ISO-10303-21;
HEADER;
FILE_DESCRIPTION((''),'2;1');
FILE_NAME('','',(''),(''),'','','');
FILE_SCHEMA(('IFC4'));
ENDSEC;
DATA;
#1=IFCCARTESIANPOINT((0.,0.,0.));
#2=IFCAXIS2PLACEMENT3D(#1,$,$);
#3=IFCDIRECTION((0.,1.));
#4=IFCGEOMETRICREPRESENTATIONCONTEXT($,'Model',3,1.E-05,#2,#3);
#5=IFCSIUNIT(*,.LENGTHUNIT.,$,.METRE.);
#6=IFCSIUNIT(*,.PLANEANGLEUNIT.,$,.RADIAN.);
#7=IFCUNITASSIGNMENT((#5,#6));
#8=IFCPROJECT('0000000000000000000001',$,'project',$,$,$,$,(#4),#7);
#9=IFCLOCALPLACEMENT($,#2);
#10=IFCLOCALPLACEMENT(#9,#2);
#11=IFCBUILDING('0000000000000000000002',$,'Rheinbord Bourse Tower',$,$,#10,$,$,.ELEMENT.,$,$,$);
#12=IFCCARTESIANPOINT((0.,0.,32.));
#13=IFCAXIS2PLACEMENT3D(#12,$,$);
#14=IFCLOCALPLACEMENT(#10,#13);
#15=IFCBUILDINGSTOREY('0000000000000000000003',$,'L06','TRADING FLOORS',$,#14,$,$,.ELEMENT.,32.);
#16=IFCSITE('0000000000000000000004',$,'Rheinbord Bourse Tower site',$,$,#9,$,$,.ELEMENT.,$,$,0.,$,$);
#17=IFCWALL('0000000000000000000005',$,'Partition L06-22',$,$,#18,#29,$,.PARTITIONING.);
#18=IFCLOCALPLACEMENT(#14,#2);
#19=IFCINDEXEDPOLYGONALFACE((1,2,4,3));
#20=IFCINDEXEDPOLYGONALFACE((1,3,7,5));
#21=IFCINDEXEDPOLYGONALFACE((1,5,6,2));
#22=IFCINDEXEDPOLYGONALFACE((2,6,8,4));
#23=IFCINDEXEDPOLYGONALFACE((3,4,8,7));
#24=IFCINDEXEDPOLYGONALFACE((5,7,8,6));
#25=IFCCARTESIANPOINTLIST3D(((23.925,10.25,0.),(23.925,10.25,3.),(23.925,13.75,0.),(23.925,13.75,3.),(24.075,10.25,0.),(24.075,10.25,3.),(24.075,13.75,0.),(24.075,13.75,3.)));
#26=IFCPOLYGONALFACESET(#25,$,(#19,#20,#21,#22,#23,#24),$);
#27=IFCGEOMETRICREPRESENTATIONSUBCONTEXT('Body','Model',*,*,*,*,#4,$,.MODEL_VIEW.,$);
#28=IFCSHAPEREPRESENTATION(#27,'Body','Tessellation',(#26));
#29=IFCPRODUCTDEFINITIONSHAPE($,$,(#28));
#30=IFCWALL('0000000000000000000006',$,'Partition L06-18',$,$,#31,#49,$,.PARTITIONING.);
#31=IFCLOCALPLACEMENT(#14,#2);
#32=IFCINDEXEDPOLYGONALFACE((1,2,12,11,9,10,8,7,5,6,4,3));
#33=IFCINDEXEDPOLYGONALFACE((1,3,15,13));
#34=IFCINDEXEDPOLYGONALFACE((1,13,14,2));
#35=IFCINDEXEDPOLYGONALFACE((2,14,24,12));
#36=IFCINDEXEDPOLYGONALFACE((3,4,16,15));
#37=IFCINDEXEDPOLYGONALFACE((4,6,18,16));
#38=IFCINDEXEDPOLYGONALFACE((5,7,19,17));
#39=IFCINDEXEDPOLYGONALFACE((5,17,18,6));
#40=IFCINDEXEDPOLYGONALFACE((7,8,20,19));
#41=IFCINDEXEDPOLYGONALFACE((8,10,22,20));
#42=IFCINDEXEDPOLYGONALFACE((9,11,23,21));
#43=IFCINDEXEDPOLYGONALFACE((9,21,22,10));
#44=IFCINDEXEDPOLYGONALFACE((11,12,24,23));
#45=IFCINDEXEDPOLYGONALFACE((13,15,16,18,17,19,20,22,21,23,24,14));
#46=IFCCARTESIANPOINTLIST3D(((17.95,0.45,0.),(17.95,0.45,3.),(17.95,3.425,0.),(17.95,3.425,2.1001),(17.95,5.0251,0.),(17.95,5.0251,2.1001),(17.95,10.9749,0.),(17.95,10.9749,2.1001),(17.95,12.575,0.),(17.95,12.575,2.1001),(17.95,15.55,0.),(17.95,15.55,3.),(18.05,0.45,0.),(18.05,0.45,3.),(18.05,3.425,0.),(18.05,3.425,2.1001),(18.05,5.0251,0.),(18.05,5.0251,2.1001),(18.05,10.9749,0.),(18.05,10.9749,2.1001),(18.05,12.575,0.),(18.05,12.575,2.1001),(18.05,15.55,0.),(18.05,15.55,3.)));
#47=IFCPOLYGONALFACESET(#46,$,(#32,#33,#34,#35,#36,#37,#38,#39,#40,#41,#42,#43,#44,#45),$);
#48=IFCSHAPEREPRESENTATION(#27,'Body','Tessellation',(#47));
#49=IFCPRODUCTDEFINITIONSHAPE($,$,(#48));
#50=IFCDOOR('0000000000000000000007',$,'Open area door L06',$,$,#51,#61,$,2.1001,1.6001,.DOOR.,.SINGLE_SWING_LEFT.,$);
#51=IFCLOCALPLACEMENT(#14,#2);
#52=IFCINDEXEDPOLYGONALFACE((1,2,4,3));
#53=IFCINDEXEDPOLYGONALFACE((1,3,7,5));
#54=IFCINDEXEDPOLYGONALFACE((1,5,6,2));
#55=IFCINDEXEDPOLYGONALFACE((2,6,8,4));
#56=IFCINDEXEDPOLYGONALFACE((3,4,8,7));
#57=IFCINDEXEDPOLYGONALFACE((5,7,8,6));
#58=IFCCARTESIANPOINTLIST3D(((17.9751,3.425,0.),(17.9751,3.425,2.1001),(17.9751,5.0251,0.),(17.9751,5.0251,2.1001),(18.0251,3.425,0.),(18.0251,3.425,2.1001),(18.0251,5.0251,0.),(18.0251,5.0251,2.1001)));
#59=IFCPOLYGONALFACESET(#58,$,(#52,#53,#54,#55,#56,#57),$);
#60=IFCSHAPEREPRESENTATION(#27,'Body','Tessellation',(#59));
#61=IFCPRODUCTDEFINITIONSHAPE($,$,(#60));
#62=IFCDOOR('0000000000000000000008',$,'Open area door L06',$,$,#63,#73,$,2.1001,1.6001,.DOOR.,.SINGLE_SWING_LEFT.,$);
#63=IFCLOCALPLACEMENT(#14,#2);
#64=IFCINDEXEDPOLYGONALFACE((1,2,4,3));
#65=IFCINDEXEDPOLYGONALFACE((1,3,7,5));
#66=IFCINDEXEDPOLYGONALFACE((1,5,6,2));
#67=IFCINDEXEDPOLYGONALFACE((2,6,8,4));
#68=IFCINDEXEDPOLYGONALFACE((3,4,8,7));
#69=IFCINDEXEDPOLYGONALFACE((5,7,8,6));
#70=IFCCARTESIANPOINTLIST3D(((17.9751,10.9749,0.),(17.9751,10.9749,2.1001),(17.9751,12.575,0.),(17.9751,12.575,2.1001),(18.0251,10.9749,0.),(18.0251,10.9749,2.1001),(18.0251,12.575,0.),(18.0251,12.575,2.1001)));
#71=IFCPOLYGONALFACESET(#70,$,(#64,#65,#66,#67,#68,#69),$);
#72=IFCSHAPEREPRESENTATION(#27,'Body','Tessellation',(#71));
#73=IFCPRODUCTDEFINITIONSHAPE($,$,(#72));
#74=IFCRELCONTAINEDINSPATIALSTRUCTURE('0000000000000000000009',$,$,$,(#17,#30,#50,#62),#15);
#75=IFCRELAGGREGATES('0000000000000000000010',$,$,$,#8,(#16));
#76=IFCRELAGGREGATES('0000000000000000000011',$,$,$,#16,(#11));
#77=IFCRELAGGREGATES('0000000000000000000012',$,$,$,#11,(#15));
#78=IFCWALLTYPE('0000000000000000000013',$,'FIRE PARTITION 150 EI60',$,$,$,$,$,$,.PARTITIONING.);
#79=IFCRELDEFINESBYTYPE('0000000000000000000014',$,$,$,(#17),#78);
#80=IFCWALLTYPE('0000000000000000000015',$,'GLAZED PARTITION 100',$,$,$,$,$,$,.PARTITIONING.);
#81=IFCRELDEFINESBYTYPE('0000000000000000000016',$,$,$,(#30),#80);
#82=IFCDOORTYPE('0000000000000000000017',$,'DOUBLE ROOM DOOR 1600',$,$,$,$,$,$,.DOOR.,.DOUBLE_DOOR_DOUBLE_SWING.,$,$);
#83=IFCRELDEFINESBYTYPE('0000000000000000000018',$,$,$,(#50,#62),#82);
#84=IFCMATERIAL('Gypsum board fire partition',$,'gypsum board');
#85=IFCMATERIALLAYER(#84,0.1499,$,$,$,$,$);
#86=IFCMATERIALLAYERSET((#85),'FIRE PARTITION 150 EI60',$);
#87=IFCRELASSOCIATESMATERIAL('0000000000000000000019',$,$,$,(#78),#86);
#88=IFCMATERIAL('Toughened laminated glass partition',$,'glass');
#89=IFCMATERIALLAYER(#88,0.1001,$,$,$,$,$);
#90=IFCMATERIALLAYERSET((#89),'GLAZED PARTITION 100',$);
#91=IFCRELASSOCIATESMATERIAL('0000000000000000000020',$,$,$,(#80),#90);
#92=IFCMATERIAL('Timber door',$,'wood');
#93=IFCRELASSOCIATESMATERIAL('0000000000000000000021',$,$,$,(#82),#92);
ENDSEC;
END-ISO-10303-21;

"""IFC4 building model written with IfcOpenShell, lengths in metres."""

from ifc_helpers import new_model, si_unit, direction, frame, frame_2d, origin, place, context, subcontext, project, spatial, rectangle, extrude, material, layer, layer_set, type_object, element, fill, save


model = new_model("IFC4")

# Units and contexts
model_context = context("Model", 3, precision=1e-05, world=origin(), true_north=direction((0.0, 1.0)))
body_context = subcontext(model_context, "Body", "Model", "MODEL_VIEW")
ifc_project = project(units=[si_unit("LENGTHUNIT", "METRE"), si_unit("PLANEANGLEUNIT", "RADIAN")], contexts=[model_context])

# Site, building, storey
site_placement = place(None, origin())
site = spatial("IfcSite", under=ifc_project, at=site_placement, Name="Rheinbord Bourse Tower site", CompositionType="ELEMENT", RefElevation=0.0)
building_placement = place(site_placement, origin())
building = spatial("IfcBuilding", under=site, at=building_placement, Name="Rheinbord Bourse Tower", CompositionType="ELEMENT")
storey_placement = place(building_placement, frame((0.0, 0.0, 32.0)))
storey = spatial("IfcBuildingStorey", under=building, at=storey_placement, Name="L06", Description="TRADING FLOORS", CompositionType="ELEMENT", Elevation=32.0)

# Shared definitions
ifc_material_1 = material(Name="Gypsum board fire partition", Category="gypsum board")
ifc_layer_1 = layer(ifc_material_1, 0.1499)
ifc_layer_set_1 = layer_set([ifc_layer_1], Name="FIRE PARTITION 150 EI60")
wall_type_1 = type_object("IfcWallType", Name="FIRE PARTITION 150 EI60", PredefinedType="PARTITIONING", material=ifc_layer_set_1)

# Wall
wall_1_placement = place(storey_placement, frame((24.0, 10.25, 0.0), z_axis=(0.0, 0.0, 1.0), x_axis=(0.0, 1.0, 0.0)))
element("IfcWall", 1, at=wall_1_placement, inside=storey, type_object=wall_type_1, Name="Partition L06-22", PredefinedType="PARTITIONING", context=body_context, shape_type="SweptSolid", body=[
    extrude(rectangle(XDim=3.5, YDim=0.1499, at=frame_2d((1.75, 0.0))), origin(), (0.0, 0.0, 1.0), 3.0),
])

# Wall, openings, doors
ifc_material_2 = material(Name="Toughened laminated glass partition", Category="glass")
ifc_layer_2 = layer(ifc_material_2, 0.1001)
ifc_layer_set_2 = layer_set([ifc_layer_2], Name="GLAZED PARTITION 100")
wall_type_2 = type_object("IfcWallType", Name="GLAZED PARTITION 100", PredefinedType="PARTITIONING", material=ifc_layer_set_2)
wall_2_placement = place(storey_placement, frame((18.0, 0.45, 0.0), z_axis=(0.0, 0.0, 1.0), x_axis=(0.0, 1.0, 0.0)))
wall_2 = element("IfcWall", 2, at=wall_2_placement, inside=storey, type_object=wall_type_2, Name="Partition L06-18", PredefinedType="PARTITIONING", context=body_context, shape_type="SweptSolid", body=[
    extrude(rectangle(XDim=15.1001, YDim=0.1001, at=frame_2d((7.55, 0.0))), origin(), (0.0, 0.0, 1.0), 3.0),
])
opening_1_placement = place(wall_2_placement, frame((2.9751, 0.0, 0.0)))
opening_1 = element("IfcOpeningElement", 3, at=opening_1_placement, cuts=wall_2, PredefinedType="OPENING", context=body_context, shape_type="SweptSolid", body=[
    extrude(rectangle(XDim=1.6001, YDim=2.1001, at=frame_2d((0.8, 1.05))), frame((0.0, 0.0601, 0.0), z_axis=(0.0, -1.0, 0.0), x_axis=(1.0, 0.0, 0.0)), (0.0, 0.0, 1.0), 0.1201),
])
opening_2_placement = place(wall_2_placement, frame((10.5249, 0.0, 0.0)))
opening_2 = element("IfcOpeningElement", 4, at=opening_2_placement, cuts=wall_2, PredefinedType="OPENING", context=body_context, shape_type="SweptSolid", body=[
    extrude(rectangle(XDim=1.6001, YDim=2.1001, at=frame_2d((0.8, 1.05))), frame((0.0, 0.0601, 0.0), z_axis=(0.0, -1.0, 0.0), x_axis=(1.0, 0.0, 0.0)), (0.0, 0.0, 1.0), 0.1201),
])
ifc_material_3 = material(Name="Timber door", Category="wood")
door_type_1 = type_object("IfcDoorType", Name="DOUBLE ROOM DOOR 1600", OperationType="DOUBLE_DOOR_DOUBLE_SWING", PredefinedType="DOOR", material=ifc_material_3)
door_1_placement = place(opening_1_placement, origin())
door_1 = element("IfcDoor", 5, at=door_1_placement, inside=storey, type_object=door_type_1, Name="Open area door L06", OperationType="SINGLE_SWING_LEFT", OverallHeight=2.1001, OverallWidth=1.6001, PredefinedType="DOOR", context=body_context, shape_type="SweptSolid", body=[
    extrude(rectangle(XDim=1.6001, YDim=2.1001, at=frame_2d((0.8, 1.05))), frame((0.0, 0.0249, 0.0), z_axis=(0.0, -1.0, 0.0), x_axis=(1.0, 0.0, 0.0)), (0.0, 0.0, 1.0), 0.05),
])
fill(opening_1, door_1)
door_2_placement = place(opening_2_placement, origin())
door_2 = element("IfcDoor", 6, at=door_2_placement, inside=storey, type_object=door_type_1, Name="Open area door L06", OperationType="SINGLE_SWING_LEFT", OverallHeight=2.1001, OverallWidth=1.6001, PredefinedType="DOOR", context=body_context, shape_type="SweptSolid", body=[
    extrude(rectangle(XDim=1.6001, YDim=2.1001, at=frame_2d((0.8, 1.05))), frame((0.0, 0.0249, 0.0), z_axis=(0.0, -1.0, 0.0), x_axis=(1.0, 0.0, 0.0)), (0.0, 0.0, 1.0), 0.05),
])
fill(opening_2, door_2)

save(model, "model.ifc")
